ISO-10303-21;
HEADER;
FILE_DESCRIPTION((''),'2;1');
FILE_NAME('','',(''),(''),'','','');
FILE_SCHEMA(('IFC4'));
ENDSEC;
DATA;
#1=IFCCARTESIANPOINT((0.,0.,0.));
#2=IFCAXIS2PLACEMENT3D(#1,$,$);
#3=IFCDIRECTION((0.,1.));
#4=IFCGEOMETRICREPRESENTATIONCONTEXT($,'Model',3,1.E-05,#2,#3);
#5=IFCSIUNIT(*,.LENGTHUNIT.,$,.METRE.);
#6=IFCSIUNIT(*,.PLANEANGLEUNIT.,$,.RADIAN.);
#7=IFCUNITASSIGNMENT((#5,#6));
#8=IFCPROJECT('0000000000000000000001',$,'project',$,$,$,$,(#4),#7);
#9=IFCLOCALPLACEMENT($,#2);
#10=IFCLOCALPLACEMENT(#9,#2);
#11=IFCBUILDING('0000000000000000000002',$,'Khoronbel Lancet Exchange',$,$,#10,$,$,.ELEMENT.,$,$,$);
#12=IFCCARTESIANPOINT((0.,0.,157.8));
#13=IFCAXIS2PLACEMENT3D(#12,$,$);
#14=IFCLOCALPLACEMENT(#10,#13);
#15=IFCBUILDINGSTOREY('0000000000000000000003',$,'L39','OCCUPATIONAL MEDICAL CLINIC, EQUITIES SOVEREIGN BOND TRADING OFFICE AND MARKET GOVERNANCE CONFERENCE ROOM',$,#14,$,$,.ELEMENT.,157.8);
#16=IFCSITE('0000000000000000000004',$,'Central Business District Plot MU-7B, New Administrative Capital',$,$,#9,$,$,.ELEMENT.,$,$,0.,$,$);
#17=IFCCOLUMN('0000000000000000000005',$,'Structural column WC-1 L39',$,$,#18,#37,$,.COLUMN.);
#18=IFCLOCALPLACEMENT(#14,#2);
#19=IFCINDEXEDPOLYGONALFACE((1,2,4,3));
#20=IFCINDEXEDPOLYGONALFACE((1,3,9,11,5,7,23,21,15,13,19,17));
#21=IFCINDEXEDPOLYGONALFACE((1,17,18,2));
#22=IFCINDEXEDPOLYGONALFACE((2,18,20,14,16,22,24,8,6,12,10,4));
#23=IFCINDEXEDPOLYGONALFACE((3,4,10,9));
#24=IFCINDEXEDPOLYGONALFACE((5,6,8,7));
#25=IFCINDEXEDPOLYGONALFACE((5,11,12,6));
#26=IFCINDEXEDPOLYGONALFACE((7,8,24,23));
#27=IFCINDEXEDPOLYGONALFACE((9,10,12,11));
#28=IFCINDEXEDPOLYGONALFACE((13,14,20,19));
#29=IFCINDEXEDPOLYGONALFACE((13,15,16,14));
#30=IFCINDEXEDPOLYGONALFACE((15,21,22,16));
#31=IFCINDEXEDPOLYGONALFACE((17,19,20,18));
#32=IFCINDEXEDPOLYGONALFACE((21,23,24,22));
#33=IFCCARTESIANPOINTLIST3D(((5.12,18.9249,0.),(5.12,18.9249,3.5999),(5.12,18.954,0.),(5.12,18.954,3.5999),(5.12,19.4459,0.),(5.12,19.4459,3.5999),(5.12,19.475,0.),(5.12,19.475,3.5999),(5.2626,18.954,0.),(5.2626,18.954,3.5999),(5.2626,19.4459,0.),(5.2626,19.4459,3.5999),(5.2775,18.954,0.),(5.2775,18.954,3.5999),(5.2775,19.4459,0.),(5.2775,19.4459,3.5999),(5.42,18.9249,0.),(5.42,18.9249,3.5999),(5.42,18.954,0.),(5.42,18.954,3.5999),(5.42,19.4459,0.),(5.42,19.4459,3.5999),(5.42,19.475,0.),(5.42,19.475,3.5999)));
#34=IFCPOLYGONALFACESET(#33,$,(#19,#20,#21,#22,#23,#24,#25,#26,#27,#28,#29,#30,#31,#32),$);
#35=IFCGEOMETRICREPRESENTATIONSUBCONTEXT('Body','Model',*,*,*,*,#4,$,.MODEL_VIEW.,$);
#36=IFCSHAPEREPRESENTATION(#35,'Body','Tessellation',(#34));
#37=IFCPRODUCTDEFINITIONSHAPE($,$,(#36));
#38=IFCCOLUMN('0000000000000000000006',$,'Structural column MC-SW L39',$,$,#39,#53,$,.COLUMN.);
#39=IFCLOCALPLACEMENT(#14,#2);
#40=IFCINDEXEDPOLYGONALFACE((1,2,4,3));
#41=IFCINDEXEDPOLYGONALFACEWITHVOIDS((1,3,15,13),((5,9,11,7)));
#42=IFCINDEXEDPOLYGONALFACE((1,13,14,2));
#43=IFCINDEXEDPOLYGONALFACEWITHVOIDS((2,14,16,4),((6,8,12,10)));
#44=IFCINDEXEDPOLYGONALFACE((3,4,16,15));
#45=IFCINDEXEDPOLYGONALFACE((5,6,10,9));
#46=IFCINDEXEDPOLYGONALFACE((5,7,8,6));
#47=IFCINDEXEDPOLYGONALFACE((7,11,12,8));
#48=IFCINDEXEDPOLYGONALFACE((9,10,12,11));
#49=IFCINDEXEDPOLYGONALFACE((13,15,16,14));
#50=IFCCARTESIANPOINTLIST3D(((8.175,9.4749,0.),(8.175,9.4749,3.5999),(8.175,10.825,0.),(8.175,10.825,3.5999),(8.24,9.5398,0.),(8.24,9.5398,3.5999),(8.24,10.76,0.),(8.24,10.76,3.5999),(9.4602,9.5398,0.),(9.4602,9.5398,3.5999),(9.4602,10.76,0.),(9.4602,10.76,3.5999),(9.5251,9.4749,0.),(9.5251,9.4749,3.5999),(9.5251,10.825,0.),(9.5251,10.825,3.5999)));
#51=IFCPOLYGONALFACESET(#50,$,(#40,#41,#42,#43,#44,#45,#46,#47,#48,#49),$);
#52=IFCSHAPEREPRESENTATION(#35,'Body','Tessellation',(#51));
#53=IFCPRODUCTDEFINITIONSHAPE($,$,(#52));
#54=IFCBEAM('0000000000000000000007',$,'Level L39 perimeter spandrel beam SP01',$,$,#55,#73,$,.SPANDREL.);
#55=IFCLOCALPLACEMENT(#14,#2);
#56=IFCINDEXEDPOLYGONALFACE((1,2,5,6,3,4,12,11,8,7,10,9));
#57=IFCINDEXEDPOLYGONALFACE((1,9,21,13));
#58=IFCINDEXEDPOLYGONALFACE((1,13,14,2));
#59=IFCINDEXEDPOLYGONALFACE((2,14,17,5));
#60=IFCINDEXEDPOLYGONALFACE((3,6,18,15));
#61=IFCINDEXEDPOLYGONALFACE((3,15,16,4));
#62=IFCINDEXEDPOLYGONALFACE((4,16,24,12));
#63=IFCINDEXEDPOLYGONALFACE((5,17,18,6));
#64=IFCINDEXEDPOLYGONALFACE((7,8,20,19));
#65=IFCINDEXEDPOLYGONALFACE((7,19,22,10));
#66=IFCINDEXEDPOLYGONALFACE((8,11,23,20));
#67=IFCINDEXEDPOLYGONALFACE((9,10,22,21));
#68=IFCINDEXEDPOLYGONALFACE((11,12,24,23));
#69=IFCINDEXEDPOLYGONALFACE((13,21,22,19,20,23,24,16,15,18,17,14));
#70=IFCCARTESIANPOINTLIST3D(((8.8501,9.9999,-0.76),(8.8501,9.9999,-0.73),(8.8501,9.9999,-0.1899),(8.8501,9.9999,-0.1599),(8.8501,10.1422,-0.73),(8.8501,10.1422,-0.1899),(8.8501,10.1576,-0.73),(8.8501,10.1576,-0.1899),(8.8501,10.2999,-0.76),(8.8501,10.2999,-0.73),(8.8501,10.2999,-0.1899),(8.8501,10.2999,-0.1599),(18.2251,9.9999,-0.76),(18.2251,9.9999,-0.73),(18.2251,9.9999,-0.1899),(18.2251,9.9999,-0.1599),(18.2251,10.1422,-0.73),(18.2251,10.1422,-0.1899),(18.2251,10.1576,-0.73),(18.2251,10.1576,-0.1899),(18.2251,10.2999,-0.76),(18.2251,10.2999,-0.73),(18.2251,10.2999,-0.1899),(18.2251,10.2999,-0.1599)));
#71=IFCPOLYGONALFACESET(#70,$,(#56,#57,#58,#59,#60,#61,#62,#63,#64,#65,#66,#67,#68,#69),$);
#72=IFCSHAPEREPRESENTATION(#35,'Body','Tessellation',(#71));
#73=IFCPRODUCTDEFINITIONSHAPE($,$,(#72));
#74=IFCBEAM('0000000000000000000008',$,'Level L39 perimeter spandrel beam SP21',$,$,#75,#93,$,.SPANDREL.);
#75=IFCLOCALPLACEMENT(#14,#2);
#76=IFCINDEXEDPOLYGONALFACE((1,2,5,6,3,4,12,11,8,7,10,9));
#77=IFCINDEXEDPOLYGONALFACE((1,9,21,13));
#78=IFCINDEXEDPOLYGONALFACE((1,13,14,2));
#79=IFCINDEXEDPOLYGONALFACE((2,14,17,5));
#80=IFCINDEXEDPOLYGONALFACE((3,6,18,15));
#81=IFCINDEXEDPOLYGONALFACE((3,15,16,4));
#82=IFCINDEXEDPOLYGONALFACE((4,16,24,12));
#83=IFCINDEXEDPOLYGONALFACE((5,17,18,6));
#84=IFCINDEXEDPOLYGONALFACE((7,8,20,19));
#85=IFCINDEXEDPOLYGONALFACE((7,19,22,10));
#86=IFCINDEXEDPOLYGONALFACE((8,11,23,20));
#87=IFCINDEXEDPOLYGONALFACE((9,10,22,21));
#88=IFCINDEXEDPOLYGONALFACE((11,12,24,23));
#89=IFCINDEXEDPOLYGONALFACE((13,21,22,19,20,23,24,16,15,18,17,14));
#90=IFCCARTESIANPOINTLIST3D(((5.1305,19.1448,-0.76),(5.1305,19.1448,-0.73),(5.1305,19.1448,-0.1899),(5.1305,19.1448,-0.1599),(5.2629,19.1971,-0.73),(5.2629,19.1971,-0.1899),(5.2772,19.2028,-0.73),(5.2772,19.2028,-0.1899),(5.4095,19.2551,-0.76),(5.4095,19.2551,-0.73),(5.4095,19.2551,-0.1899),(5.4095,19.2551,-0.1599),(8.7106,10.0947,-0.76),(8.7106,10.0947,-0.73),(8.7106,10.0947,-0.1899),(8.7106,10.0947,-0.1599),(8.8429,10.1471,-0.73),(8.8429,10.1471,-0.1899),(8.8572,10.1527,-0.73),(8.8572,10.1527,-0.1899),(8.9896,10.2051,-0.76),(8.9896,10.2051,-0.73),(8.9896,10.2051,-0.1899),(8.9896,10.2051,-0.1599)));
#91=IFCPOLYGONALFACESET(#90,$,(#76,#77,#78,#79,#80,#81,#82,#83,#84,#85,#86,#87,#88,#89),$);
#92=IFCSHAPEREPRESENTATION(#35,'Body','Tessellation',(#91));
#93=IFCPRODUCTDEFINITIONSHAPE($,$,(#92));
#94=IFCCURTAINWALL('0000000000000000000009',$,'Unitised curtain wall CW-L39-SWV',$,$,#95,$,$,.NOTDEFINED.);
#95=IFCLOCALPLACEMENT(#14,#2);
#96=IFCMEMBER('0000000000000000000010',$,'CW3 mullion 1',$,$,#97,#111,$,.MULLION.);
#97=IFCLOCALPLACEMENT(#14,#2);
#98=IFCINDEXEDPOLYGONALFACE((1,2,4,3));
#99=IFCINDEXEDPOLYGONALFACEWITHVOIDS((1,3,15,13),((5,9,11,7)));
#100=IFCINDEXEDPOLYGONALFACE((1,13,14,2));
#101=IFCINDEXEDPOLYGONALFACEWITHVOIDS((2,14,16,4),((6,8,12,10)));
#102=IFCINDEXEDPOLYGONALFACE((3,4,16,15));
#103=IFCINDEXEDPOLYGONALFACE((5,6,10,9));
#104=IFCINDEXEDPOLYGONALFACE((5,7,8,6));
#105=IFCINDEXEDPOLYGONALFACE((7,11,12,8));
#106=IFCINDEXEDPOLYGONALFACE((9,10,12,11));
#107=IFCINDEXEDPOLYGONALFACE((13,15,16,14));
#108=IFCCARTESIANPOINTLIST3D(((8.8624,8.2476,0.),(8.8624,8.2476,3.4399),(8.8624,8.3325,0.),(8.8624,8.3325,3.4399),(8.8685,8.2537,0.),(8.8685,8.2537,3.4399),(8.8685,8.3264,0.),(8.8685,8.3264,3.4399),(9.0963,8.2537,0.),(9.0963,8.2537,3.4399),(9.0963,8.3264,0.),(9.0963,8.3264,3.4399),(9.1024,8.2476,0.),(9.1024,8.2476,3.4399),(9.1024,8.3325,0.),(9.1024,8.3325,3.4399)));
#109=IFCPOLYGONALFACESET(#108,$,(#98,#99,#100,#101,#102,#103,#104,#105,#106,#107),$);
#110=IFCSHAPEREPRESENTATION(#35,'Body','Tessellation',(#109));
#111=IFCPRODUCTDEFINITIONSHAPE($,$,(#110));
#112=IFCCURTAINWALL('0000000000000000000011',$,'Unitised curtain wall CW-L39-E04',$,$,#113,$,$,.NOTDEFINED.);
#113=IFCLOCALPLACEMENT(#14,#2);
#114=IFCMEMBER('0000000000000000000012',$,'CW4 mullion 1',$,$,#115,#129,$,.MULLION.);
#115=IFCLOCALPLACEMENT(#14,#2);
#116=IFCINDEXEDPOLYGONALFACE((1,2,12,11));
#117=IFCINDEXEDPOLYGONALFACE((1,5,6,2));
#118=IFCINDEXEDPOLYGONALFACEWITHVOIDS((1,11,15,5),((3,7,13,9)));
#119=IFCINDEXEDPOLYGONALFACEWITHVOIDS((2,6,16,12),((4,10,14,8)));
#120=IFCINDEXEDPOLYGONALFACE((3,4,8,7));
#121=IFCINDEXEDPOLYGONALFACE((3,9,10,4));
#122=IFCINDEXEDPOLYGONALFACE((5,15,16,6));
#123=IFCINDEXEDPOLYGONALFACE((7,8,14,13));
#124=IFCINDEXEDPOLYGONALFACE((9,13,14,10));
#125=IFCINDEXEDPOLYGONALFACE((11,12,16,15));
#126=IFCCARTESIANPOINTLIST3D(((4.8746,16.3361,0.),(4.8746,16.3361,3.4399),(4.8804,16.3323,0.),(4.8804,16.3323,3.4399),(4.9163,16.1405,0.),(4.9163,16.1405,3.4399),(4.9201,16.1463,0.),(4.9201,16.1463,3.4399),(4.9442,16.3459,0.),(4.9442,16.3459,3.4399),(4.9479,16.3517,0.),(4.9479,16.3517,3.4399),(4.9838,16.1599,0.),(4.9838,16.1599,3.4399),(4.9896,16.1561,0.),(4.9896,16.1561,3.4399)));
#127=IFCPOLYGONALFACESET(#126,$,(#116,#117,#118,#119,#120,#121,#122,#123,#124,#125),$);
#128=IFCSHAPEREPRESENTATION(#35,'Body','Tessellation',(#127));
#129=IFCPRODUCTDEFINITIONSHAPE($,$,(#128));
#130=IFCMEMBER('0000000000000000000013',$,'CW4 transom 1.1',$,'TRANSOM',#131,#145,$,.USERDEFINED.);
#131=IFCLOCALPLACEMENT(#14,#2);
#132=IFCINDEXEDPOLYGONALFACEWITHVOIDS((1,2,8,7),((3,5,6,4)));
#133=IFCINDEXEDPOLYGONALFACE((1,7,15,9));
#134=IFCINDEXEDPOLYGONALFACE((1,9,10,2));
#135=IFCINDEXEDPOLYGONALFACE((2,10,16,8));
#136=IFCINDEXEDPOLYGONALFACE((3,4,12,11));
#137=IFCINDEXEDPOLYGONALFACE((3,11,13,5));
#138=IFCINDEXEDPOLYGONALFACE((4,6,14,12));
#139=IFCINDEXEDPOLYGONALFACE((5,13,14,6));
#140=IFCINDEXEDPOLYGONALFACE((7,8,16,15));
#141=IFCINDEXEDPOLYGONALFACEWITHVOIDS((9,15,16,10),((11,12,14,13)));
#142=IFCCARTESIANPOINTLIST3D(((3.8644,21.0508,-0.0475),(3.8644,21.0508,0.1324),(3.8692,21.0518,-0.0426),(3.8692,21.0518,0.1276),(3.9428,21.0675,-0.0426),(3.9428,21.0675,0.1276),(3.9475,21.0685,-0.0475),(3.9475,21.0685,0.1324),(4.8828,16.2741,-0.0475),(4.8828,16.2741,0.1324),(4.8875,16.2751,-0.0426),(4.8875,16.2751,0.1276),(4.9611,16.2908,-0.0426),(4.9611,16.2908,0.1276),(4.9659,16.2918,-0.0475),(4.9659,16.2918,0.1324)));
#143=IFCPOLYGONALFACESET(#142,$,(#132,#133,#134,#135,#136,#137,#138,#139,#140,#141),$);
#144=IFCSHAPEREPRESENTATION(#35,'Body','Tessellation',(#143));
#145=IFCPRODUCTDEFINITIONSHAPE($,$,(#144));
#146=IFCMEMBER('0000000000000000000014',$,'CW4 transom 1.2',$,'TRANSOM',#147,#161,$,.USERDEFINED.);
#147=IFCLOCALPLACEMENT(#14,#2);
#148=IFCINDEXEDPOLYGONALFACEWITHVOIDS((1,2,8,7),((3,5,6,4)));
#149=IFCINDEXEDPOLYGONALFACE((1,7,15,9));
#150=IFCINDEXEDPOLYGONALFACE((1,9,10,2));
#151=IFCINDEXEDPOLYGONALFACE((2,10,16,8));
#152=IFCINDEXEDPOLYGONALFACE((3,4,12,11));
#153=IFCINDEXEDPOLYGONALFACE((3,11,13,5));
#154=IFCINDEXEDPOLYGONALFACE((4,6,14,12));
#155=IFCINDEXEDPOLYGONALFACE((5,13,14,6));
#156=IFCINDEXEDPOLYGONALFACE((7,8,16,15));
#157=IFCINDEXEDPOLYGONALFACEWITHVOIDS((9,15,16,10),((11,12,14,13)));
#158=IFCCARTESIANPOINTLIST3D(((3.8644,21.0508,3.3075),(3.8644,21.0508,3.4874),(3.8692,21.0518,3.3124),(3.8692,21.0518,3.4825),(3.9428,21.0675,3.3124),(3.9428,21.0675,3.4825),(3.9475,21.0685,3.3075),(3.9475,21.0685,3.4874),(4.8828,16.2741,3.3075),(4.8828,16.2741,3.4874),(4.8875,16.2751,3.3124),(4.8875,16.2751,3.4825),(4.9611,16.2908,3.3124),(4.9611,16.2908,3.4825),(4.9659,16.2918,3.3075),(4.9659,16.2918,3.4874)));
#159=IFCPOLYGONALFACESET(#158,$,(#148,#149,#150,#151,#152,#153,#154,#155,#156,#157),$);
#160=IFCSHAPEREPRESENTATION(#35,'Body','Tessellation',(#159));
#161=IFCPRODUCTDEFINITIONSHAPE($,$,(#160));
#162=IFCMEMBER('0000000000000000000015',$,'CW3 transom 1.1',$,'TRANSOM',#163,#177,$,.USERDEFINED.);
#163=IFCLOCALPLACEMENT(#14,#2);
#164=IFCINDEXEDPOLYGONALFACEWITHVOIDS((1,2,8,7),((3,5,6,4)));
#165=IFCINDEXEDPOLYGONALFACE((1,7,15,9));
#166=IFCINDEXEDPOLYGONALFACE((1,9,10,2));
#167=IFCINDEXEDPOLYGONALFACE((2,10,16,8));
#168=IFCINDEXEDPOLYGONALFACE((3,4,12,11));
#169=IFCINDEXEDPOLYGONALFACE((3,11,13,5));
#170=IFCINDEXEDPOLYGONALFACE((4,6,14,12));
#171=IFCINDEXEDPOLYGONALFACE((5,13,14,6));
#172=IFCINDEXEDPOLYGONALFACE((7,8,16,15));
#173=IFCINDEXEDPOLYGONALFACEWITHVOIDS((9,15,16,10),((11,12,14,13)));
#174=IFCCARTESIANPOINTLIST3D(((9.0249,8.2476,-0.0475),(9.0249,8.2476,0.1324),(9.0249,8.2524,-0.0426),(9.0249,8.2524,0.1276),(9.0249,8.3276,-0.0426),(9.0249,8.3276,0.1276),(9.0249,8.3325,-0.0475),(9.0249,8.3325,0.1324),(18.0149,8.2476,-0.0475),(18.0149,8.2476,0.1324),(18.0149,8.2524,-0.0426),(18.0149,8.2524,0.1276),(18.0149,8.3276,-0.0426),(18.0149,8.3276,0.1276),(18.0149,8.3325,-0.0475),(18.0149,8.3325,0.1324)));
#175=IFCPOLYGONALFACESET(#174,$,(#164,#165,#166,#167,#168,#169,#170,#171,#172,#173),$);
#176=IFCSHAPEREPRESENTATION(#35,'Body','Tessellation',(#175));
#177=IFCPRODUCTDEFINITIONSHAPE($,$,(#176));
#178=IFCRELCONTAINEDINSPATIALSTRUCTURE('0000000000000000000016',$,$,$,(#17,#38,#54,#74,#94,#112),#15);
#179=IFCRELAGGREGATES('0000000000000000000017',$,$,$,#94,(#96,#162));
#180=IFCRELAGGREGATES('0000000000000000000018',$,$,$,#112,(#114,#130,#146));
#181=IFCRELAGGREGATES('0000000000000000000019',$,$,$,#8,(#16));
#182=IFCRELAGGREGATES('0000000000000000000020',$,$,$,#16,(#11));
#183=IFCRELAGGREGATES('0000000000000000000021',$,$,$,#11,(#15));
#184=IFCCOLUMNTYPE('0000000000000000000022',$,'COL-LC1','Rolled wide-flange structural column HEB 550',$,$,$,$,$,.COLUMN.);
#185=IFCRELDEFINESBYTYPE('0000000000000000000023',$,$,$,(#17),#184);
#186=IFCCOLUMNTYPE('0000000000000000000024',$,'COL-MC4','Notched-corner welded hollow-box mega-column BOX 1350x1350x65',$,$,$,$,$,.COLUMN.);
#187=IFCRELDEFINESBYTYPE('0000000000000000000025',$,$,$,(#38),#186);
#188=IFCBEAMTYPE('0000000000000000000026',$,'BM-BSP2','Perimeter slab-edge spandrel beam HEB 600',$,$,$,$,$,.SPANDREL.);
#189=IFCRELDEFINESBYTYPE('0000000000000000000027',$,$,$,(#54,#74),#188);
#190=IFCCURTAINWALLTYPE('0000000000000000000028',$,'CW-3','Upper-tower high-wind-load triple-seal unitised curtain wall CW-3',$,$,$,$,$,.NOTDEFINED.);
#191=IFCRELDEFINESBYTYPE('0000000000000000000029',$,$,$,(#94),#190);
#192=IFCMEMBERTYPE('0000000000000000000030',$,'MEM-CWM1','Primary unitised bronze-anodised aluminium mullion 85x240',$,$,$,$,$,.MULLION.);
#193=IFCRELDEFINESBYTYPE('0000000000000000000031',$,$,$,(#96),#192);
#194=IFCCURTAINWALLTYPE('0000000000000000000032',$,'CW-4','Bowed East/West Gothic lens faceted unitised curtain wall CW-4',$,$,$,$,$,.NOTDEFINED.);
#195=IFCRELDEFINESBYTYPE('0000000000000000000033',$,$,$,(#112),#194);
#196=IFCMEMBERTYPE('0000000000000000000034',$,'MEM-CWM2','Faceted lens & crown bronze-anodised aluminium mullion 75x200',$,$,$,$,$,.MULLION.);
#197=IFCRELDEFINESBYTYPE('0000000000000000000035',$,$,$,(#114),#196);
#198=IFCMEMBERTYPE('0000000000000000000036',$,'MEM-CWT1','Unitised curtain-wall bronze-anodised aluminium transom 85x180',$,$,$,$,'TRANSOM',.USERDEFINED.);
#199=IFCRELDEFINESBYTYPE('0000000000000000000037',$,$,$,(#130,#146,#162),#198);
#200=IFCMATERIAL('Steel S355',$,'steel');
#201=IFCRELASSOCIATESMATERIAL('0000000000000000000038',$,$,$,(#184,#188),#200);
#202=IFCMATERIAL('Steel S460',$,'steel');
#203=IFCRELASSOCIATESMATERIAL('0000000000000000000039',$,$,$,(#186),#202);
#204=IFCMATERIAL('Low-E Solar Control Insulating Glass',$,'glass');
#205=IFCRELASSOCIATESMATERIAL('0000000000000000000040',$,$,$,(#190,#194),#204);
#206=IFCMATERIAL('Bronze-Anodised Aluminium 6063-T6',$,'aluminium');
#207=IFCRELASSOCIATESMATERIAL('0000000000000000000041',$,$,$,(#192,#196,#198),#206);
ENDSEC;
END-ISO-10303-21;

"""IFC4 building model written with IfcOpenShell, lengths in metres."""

from ifc_helpers import new_model, si_unit, direction, frame, origin, origin_2d, place, context, subcontext, project, spatial, hollow_rectangle, i_section, extrude, material, material_profile, profile_set, type_object, element, aggregate, save


model = new_model("IFC4")

# Units and contexts
model_context = context("Model", 3, precision=1e-05, world=origin(), true_north=direction((0.0, 1.0)))
body_context = subcontext(model_context, "Body", "Model", "MODEL_VIEW")
ifc_project = project(units=[si_unit("LENGTHUNIT", "METRE"), si_unit("PLANEANGLEUNIT", "RADIAN")], contexts=[model_context])

# Site, building, storey
site_placement = place(None, origin())
site = spatial("IfcSite", under=ifc_project, at=site_placement, Name="Central Business District Plot MU-7B, New Administrative Capital", CompositionType="ELEMENT", RefElevation=0.0)
building_placement = place(site_placement, origin())
building = spatial("IfcBuilding", under=site, at=building_placement, Name="Khoronbel Lancet Exchange", CompositionType="ELEMENT")
storey_placement = place(building_placement, frame((0.0, 0.0, 157.8)))
storey = spatial("IfcBuildingStorey", under=building, at=storey_placement, Name="L39", Description="OCCUPATIONAL MEDICAL CLINIC, EQUITIES SOVEREIGN BOND TRADING OFFICE AND MARKET GOVERNANCE CONFERENCE ROOM", CompositionType="ELEMENT", Elevation=157.8)

# Columns
ifc_material_1 = material(Name="Steel S355", Category="steel")
ifc_material_profile_1 = material_profile(ifc_material_1, i_section(OverallWidth=0.3, OverallDepth=0.55, WebThickness=0.0149, FlangeThickness=0.0291, at=origin_2d()), Name="HEB 550")
ifc_profile_set_1 = profile_set([ifc_material_profile_1], Name="Steel S355")
column_type_1 = type_object("IfcColumnType", Name="COL-LC1", Description="Rolled wide-flange structural column HEB 550", PredefinedType="COLUMN", material=ifc_profile_set_1)
column_1_placement = place(storey_placement, frame((5.27, 19.2, 0.0), z_axis=(0.0, 0.0, 1.0), x_axis=(1.0, 0.0, 0.0)))
element("IfcColumn", 1, at=column_1_placement, inside=storey, type_object=column_type_1, Name="Structural column WC-1 L39", PredefinedType="COLUMN", context=body_context, shape_type="SweptSolid", body=[
    extrude(i_section(OverallWidth=0.3, OverallDepth=0.55, WebThickness=0.0149, FlangeThickness=0.0291, at=origin_2d()), origin(), (0.0, 0.0, 1.0), 3.5999),
])
ifc_material_2 = material(Name="Steel S460", Category="steel")
ifc_material_profile_2 = material_profile(ifc_material_2, hollow_rectangle(XDim=1.3501, YDim=1.3501, WallThickness=0.0649, at=origin_2d()), Name="BOX 1350x1350x65")
ifc_profile_set_2 = profile_set([ifc_material_profile_2], Name="Steel S460")
column_type_2 = type_object("IfcColumnType", Name="COL-MC4", Description="Notched-corner welded hollow-box mega-column BOX 1350x1350x65", PredefinedType="COLUMN", material=ifc_profile_set_2)
column_2_placement = place(storey_placement, frame((8.8501, 10.1499, 0.0), z_axis=(0.0, 0.0, 1.0), x_axis=(1.0, 0.0, 0.0)))
element("IfcColumn", 2, at=column_2_placement, inside=storey, type_object=column_type_2, Name="Structural column MC-SW L39", PredefinedType="COLUMN", context=body_context, shape_type="SweptSolid", body=[
    extrude(hollow_rectangle(XDim=1.3501, YDim=1.3501, WallThickness=0.0649, at=origin_2d()), origin(), (0.0, 0.0, 1.0), 3.5999),
])

# Beams
ifc_material_profile_3 = material_profile(ifc_material_1, i_section(OverallWidth=0.3, OverallDepth=0.6001, WebThickness=0.0154, FlangeThickness=0.03, at=origin_2d()), Name="HEB 600")
ifc_profile_set_3 = profile_set([ifc_material_profile_3], Name="Steel S355")
beam_type = type_object("IfcBeamType", Name="BM-BSP2", Description="Perimeter slab-edge spandrel beam HEB 600", PredefinedType="SPANDREL", material=ifc_profile_set_3)
beam_1_placement = place(storey_placement, frame((8.8501, 10.1499, -0.46), z_axis=(1.0, 0.0, 0.0), x_axis=(0.0, 1.0, 0.0)))
element("IfcBeam", 3, at=beam_1_placement, inside=storey, type_object=beam_type, Name="Level L39 perimeter spandrel beam SP01", PredefinedType="SPANDREL", context=body_context, shape_type="SweptSolid", body=[
    extrude(i_section(OverallWidth=0.3, OverallDepth=0.6001, WebThickness=0.0154, FlangeThickness=0.03, at=origin_2d()), origin(), (0.0, 0.0, 1.0), 9.375),
])
beam_2_placement = place(storey_placement, frame((5.27, 19.2, -0.46), z_axis=(0.36785, -0.929885, 0.0), x_axis=(0.929885, 0.36785, 0.0)))
element("IfcBeam", 4, at=beam_2_placement, inside=storey, type_object=beam_type, Name="Level L39 perimeter spandrel beam SP21", PredefinedType="SPANDREL", context=body_context, shape_type="SweptSolid", body=[
    extrude(i_section(OverallWidth=0.3, OverallDepth=0.6001, WebThickness=0.0154, FlangeThickness=0.03, at=origin_2d()), origin(), (0.0, 0.0, 1.0), 9.7324),
])

# Curtain wall, member
ifc_material_3 = material(Name="Low-E Solar Control Insulating Glass", Category="glass")
curtain_wall_type_1 = type_object("IfcCurtainWallType", Name="CW-3", Description="Upper-tower high-wind-load triple-seal unitised curtain wall CW-3", PredefinedType="NOTDEFINED", material=ifc_material_3)
curtain_wall_1_placement = place(storey_placement, origin())
curtain_wall_1 = element("IfcCurtainWall", 5, at=curtain_wall_1_placement, inside=storey, type_object=curtain_wall_type_1, Name="Unitised curtain wall CW-L39-SWV", PredefinedType="NOTDEFINED")
ifc_material_4 = material(Name="Bronze-Anodised Aluminium 6063-T6", Category="aluminium")
ifc_material_profile_4 = material_profile(ifc_material_4, hollow_rectangle(XDim=0.085, YDim=0.24, WallThickness=0.0061, at=origin_2d()), Name="ALU MULLION 85x240")
ifc_profile_set_4 = profile_set([ifc_material_profile_4], Name="Bronze-Anodised Aluminium 6063-T6")
member_type_1 = type_object("IfcMemberType", Name="MEM-CWM1", Description="Primary unitised bronze-anodised aluminium mullion 85x240", PredefinedType="MULLION", material=ifc_profile_set_4)
member_1_placement = place(storey_placement, frame((8.9824, 8.29, 0.0), z_axis=(0.0, 0.0, 1.0), x_axis=(0.0, 1.0, 0.0)))
member_1 = element("IfcMember", 6, at=member_1_placement, type_object=member_type_1, Name="CW3 mullion 1", PredefinedType="MULLION", context=body_context, shape_type="SweptSolid", body=[
    extrude(hollow_rectangle(XDim=0.085, YDim=0.24, WallThickness=0.0061, at=origin_2d()), origin(), (0.0, 0.0, 1.0), 3.4399),
])

# Curtain wall, members
curtain_wall_type_2 = type_object("IfcCurtainWallType", Name="CW-4", Description="Bowed East/West Gothic lens faceted unitised curtain wall CW-4", PredefinedType="NOTDEFINED", material=ifc_material_3)
curtain_wall_2_placement = place(storey_placement, origin())
curtain_wall_2 = element("IfcCurtainWall", 7, at=curtain_wall_2_placement, inside=storey, type_object=curtain_wall_type_2, Name="Unitised curtain wall CW-L39-E04", PredefinedType="NOTDEFINED")
ifc_material_profile_5 = material_profile(ifc_material_4, hollow_rectangle(XDim=0.075, YDim=0.2, WallThickness=0.0049, at=origin_2d()), Name="ALU MULLION 75x200")
ifc_profile_set_5 = profile_set([ifc_material_profile_5], Name="Bronze-Anodised Aluminium 6063-T6")
member_type_2 = type_object("IfcMemberType", Name="MEM-CWM2", Description="Faceted lens & crown bronze-anodised aluminium mullion 75x200", PredefinedType="MULLION", material=ifc_profile_set_5)
member_2_placement = place(storey_placement, frame((4.9321, 16.2461, 0.0), z_axis=(0.0, 0.0, 1.0), x_axis=(-0.978023, -0.208497, 0.0)))
member_2 = element("IfcMember", 8, at=member_2_placement, type_object=member_type_2, Name="CW4 mullion 1", PredefinedType="MULLION", context=body_context, shape_type="SweptSolid", body=[
    extrude(hollow_rectangle(XDim=0.075, YDim=0.2, WallThickness=0.0049, at=origin_2d()), origin(), (0.0, 0.0, 1.0), 3.4399),
])
ifc_material_profile_6 = material_profile(ifc_material_4, hollow_rectangle(XDim=0.085, YDim=0.1799, WallThickness=0.0049, at=origin_2d()), Name="ALU TRANSOM 85x180")
ifc_profile_set_6 = profile_set([ifc_material_profile_6], Name="Bronze-Anodised Aluminium 6063-T6")
member_type_3 = type_object("IfcMemberType", Name="MEM-CWT1", Description="Unitised curtain-wall bronze-anodised aluminium transom 85x180", ElementType="TRANSOM", PredefinedType="USERDEFINED", material=ifc_profile_set_6)
member_3_placement = place(storey_placement, frame((4.9243, 16.283, 0.0425), z_axis=(-0.208501, 0.978022, 0.0), x_axis=(-0.978022, -0.208501, 0.0)))
member_3 = element("IfcMember", 9, at=member_3_placement, type_object=member_type_3, Name="CW4 transom 1.1", ObjectType="TRANSOM", PredefinedType="USERDEFINED", context=body_context, shape_type="SweptSolid", body=[
    extrude(hollow_rectangle(XDim=0.085, YDim=0.1799, WallThickness=0.0049, at=origin_2d()), origin(), (0.0, 0.0, 1.0), 4.884),
])
member_4_placement = place(storey_placement, frame((4.9243, 16.283, 3.3975), z_axis=(-0.208501, 0.978022, 0.0), x_axis=(-0.978022, -0.208501, 0.0)))
member_4 = element("IfcMember", 10, at=member_4_placement, type_object=member_type_3, Name="CW4 transom 1.2", ObjectType="TRANSOM", PredefinedType="USERDEFINED", context=body_context, shape_type="SweptSolid", body=[
    extrude(hollow_rectangle(XDim=0.085, YDim=0.1799, WallThickness=0.0049, at=origin_2d()), origin(), (0.0, 0.0, 1.0), 4.884),
])

# Member
member_5_placement = place(storey_placement, frame((9.0249, 8.29, 0.0425), z_axis=(1.0, 0.0, 0.0), x_axis=(0.0, 1.0, 0.0)))
member_5 = element("IfcMember", 11, at=member_5_placement, type_object=member_type_3, Name="CW3 transom 1.1", ObjectType="TRANSOM", PredefinedType="USERDEFINED", context=body_context, shape_type="SweptSolid", body=[
    extrude(hollow_rectangle(XDim=0.085, YDim=0.1799, WallThickness=0.0049, at=origin_2d()), origin(), (0.0, 0.0, 1.0), 8.99),
])

aggregate(curtain_wall_1, [member_1, member_5])
aggregate(curtain_wall_2, [member_2, member_3, member_4])

save(model, "model.ifc")
